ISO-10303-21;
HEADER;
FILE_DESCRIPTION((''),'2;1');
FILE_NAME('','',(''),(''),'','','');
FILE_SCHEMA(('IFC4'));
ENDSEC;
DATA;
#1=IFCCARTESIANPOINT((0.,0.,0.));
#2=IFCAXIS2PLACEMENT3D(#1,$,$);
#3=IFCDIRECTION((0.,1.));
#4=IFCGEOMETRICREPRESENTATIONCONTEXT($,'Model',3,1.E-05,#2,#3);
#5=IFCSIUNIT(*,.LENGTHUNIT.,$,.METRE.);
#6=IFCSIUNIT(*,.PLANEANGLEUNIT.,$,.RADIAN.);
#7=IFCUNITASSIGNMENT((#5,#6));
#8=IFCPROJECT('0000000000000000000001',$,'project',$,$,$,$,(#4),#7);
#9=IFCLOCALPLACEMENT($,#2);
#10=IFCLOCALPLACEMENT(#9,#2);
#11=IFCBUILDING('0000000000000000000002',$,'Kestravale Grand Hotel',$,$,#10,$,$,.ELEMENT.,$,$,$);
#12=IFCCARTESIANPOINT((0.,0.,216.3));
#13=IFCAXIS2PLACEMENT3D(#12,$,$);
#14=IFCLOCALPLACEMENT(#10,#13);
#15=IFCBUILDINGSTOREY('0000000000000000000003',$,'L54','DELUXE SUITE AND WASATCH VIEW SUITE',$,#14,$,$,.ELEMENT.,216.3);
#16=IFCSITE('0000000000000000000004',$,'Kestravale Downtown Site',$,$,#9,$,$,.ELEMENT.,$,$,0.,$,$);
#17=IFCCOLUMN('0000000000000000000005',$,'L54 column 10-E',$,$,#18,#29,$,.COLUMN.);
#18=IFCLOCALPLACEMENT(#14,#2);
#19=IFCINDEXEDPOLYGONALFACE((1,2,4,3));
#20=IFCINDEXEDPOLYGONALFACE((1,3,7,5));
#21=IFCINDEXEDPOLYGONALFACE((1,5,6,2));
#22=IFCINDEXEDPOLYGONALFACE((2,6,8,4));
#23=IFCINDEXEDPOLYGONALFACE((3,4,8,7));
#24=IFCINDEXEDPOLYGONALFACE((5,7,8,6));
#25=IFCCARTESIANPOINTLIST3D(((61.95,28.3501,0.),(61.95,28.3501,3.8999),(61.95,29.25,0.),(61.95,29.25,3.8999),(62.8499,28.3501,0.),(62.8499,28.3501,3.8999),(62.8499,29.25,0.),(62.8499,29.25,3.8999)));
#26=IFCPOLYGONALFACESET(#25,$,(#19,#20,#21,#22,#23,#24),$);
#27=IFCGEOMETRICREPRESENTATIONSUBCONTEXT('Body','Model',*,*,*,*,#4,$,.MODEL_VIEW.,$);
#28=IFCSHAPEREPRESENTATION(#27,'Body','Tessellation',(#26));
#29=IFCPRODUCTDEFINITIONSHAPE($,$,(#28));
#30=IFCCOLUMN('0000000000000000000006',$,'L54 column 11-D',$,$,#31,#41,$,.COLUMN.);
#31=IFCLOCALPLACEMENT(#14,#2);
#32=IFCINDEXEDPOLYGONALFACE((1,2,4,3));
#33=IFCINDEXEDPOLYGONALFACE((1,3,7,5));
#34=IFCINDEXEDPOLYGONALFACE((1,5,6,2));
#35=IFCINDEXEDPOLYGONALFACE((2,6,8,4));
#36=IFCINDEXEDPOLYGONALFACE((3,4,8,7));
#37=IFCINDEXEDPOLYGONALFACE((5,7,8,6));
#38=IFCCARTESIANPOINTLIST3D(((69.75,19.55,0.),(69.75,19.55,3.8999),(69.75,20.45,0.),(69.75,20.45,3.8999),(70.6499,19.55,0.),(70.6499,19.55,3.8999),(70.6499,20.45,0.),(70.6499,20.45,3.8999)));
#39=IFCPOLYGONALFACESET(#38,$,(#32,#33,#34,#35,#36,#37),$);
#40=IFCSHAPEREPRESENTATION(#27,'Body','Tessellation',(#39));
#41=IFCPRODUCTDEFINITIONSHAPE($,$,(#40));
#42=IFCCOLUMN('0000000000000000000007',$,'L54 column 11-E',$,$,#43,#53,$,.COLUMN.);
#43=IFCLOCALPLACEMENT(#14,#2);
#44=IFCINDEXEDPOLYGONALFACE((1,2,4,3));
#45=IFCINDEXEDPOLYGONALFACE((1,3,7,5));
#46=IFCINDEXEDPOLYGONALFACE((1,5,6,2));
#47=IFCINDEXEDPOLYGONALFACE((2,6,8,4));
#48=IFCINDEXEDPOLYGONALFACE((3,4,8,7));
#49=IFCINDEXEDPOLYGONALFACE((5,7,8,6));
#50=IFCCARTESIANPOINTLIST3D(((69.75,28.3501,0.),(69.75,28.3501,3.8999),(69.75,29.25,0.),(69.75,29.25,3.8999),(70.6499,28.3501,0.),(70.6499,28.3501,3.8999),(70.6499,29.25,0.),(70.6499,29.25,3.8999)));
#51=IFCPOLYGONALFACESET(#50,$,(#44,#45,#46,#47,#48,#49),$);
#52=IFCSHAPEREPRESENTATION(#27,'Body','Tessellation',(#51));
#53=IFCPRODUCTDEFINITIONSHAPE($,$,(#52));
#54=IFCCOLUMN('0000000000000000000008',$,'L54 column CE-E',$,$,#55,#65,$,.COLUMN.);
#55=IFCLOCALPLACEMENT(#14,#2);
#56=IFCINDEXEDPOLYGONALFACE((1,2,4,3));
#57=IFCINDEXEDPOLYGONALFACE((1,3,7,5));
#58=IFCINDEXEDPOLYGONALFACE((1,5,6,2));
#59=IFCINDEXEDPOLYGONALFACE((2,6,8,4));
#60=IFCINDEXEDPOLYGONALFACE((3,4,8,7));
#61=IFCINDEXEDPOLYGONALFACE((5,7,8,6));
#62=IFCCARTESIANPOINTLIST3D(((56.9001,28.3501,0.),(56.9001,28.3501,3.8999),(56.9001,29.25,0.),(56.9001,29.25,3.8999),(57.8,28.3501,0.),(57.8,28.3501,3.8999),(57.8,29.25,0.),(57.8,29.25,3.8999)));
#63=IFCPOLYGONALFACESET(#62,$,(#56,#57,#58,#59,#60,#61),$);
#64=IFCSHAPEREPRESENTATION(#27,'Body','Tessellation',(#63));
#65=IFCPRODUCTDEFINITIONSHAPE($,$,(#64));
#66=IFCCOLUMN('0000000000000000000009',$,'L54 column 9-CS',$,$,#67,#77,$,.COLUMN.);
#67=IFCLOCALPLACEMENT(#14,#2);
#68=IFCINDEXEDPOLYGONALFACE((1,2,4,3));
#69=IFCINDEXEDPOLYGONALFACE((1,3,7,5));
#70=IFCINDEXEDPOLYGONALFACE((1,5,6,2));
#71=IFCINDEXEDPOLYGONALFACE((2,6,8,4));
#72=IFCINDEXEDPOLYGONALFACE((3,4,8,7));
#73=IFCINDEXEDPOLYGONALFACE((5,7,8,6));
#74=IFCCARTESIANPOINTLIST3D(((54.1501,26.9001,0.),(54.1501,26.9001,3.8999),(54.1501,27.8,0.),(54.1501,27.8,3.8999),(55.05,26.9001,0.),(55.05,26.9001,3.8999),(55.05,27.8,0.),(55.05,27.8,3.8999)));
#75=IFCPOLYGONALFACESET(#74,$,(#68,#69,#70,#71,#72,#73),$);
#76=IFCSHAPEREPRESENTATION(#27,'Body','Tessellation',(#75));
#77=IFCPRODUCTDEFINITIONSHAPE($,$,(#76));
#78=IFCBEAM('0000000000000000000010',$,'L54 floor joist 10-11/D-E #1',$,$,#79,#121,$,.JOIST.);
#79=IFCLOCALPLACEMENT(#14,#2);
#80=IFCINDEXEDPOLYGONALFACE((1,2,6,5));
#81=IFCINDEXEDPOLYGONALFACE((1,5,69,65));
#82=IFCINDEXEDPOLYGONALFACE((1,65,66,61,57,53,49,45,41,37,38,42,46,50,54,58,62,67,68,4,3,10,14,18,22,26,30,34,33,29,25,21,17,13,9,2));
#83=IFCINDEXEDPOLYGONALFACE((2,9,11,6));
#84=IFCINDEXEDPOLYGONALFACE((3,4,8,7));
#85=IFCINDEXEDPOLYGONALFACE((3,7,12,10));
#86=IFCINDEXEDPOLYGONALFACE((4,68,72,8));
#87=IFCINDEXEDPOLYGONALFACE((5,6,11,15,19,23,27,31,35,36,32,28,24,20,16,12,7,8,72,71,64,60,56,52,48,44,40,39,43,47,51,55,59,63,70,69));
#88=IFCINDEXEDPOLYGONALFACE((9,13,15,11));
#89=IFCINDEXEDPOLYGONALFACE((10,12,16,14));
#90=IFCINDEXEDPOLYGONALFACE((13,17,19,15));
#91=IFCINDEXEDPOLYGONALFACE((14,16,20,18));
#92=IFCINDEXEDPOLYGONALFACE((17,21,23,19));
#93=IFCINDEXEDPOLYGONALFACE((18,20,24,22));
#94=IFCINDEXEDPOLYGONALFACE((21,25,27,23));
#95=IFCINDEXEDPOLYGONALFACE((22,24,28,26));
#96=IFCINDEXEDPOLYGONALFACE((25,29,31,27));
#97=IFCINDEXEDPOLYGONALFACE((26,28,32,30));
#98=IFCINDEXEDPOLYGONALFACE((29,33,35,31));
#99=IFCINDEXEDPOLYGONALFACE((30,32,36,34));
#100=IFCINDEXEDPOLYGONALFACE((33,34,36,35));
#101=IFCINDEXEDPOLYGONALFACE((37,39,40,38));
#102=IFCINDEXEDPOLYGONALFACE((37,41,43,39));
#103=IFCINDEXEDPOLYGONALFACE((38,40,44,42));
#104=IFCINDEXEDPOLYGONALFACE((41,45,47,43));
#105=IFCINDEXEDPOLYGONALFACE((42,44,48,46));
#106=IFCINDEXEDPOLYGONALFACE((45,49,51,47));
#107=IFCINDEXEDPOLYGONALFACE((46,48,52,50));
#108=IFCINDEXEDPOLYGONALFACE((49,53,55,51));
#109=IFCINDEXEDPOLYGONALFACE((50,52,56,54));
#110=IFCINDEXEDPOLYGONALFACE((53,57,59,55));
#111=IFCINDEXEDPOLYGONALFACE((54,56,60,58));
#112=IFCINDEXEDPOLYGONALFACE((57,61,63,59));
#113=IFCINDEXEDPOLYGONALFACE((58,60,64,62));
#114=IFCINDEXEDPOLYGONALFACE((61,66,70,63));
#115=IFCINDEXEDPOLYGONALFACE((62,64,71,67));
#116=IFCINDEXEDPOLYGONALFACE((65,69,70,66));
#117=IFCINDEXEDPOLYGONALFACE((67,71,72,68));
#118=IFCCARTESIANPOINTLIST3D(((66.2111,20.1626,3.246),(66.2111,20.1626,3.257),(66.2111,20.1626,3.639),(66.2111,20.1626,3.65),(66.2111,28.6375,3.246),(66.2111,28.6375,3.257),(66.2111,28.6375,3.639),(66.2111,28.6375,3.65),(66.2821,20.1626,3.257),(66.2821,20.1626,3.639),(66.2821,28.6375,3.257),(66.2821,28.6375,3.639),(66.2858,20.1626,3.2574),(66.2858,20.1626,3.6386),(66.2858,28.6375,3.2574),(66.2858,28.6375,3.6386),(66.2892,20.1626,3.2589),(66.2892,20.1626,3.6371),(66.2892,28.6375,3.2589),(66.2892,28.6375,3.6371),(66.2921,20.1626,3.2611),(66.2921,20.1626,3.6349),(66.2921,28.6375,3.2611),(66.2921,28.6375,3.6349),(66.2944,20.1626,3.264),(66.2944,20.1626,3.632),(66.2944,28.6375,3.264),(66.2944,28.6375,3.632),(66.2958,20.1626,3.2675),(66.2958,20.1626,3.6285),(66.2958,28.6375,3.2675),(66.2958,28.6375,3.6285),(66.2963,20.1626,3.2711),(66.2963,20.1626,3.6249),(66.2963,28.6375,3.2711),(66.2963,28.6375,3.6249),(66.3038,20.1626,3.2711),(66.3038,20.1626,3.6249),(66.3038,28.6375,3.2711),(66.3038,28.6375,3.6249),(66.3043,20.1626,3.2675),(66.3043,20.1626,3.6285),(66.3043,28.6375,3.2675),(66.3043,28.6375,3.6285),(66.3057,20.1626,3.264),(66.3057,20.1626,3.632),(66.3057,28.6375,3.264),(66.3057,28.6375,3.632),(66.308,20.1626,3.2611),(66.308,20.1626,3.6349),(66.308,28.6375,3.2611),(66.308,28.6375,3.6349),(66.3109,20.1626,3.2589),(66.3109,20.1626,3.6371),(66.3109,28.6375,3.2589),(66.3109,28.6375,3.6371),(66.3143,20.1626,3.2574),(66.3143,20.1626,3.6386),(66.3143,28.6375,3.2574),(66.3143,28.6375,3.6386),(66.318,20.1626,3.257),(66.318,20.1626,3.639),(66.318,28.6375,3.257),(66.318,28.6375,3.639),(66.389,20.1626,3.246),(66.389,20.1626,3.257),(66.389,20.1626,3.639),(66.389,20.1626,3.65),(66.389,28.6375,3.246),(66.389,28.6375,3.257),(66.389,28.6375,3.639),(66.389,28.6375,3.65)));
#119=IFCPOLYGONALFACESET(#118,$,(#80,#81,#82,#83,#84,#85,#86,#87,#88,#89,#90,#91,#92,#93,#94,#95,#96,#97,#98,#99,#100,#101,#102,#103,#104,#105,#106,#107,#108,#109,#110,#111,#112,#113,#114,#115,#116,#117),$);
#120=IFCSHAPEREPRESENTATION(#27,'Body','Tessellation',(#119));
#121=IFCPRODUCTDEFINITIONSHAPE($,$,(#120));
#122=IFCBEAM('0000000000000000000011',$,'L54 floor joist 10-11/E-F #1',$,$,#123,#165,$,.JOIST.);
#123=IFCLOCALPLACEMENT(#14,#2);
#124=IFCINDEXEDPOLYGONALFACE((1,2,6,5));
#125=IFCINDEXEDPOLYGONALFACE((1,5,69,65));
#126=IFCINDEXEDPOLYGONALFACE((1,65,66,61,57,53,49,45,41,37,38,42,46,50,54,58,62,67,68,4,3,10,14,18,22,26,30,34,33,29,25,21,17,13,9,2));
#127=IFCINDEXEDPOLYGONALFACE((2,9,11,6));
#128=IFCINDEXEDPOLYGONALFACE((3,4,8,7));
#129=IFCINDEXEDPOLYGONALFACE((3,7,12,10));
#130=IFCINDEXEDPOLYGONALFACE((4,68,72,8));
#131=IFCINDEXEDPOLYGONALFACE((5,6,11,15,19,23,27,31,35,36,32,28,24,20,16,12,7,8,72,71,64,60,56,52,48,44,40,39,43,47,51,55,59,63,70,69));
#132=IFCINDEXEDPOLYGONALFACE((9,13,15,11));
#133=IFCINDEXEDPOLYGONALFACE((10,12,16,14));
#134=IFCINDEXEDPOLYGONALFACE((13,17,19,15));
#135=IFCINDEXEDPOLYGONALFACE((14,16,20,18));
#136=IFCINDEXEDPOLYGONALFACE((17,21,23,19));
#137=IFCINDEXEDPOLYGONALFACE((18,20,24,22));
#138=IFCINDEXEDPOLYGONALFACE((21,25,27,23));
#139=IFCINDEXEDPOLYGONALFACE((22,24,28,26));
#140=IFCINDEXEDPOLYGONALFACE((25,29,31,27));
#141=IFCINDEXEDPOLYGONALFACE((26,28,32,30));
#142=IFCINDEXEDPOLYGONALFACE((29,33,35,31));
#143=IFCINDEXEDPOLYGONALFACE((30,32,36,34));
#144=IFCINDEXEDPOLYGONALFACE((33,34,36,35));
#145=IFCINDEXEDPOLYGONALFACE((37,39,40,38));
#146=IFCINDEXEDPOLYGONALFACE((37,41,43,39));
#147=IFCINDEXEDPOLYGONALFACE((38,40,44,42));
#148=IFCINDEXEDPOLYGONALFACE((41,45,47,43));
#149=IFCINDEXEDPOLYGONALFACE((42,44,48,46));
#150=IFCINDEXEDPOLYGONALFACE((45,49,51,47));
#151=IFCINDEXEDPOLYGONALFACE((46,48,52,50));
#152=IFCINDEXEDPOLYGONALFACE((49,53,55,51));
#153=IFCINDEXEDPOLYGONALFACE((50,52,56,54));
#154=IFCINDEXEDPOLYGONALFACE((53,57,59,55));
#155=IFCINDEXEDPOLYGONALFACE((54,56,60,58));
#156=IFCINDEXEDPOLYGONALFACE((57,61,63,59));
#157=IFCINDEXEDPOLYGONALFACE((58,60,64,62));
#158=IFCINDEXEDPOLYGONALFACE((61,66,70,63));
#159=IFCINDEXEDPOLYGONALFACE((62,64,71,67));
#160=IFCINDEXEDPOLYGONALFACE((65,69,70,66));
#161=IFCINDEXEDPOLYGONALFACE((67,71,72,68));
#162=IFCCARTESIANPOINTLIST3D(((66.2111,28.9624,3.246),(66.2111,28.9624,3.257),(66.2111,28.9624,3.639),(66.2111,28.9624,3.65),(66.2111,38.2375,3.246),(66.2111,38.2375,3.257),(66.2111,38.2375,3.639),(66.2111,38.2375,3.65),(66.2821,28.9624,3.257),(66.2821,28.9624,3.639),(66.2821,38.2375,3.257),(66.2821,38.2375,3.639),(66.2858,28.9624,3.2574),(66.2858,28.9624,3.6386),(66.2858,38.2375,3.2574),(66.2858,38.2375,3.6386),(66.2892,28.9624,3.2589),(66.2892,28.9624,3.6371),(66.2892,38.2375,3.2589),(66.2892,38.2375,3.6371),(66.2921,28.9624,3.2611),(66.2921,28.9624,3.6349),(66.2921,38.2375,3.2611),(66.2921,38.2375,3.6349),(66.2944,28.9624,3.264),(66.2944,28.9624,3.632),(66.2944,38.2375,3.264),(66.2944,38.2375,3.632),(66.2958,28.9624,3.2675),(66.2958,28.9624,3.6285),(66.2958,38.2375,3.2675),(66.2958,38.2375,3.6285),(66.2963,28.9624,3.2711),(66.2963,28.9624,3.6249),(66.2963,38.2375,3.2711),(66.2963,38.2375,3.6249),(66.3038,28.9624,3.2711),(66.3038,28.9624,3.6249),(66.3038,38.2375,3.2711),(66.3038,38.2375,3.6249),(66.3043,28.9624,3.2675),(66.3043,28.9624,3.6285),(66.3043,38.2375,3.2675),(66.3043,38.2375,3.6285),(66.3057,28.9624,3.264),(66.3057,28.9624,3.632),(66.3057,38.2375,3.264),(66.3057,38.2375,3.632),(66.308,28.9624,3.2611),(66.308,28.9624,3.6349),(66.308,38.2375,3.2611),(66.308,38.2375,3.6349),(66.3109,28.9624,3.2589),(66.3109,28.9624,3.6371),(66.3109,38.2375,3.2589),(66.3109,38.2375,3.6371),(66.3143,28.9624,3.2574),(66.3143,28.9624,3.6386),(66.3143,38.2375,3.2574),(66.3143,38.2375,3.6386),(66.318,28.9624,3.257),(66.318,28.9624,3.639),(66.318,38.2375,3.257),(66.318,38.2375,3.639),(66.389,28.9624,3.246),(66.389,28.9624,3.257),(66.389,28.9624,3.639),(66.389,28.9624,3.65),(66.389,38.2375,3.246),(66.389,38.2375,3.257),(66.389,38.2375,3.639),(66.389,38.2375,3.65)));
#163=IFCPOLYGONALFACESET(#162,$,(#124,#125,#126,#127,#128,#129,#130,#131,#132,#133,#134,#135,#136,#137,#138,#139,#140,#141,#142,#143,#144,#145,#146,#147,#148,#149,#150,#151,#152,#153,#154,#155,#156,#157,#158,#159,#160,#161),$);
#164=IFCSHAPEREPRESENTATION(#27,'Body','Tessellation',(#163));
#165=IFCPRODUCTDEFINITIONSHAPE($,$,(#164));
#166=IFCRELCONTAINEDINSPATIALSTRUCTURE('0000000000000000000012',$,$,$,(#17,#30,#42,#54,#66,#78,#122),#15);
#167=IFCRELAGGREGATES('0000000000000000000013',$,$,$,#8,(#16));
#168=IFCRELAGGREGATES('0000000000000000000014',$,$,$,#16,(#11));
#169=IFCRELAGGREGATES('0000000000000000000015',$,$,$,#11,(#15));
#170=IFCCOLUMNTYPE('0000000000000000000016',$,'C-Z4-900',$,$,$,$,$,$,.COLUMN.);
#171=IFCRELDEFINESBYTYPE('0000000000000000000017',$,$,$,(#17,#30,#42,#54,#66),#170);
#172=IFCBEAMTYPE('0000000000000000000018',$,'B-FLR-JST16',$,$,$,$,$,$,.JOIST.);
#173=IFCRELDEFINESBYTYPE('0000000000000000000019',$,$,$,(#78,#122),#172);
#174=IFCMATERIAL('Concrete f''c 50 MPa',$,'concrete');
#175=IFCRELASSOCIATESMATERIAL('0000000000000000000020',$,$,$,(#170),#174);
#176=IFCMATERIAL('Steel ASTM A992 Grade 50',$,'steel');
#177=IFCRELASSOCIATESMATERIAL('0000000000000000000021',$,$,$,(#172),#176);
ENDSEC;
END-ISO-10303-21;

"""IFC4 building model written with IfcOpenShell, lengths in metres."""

from ifc_helpers import new_model, si_unit, direction, frame, origin, origin_2d, place, context, subcontext, project, spatial, rectangle, i_section, extrude, material, material_profile, profile_set, type_object, element, save


model = new_model("IFC4")

# Units and contexts
model_context = context("Model", 3, precision=1e-05, world=origin(), true_north=direction((0.0, 1.0)))
body_context = subcontext(model_context, "Body", "Model", "MODEL_VIEW")
ifc_project = project(units=[si_unit("LENGTHUNIT", "METRE"), si_unit("PLANEANGLEUNIT", "RADIAN")], contexts=[model_context])

# Site, building, storey
site_placement = place(None, origin())
site = spatial("IfcSite", under=ifc_project, at=site_placement, Name="Kestravale Downtown Site", CompositionType="ELEMENT", RefElevation=0.0)
building_placement = place(site_placement, origin())
building = spatial("IfcBuilding", under=site, at=building_placement, Name="Kestravale Grand Hotel", CompositionType="ELEMENT")
storey_placement = place(building_placement, frame((0.0, 0.0, 216.3)))
storey = spatial("IfcBuildingStorey", under=building, at=storey_placement, Name="L54", Description="DELUXE SUITE AND WASATCH VIEW SUITE", CompositionType="ELEMENT", Elevation=216.3)

# Columns
ifc_material_1 = material(Name="Concrete f'c 50 MPa", Category="concrete")
ifc_material_profile_1 = material_profile(ifc_material_1, rectangle(XDim=0.8999, YDim=0.8999, at=origin_2d()))
ifc_profile_set_1 = profile_set([ifc_material_profile_1], Name="Concrete f'c 50 MPa")
column_type = type_object("IfcColumnType", Name="C-Z4-900", PredefinedType="COLUMN", material=ifc_profile_set_1)
for number, where, z_axis, x_axis, name in (
    (1, (62.3999, 28.8, 0.0), (0.0, 0.0, 1.0), (1.0, 0.0, 0.0), "L54 column 10-E"),
    (2, (70.2, 20.0, 0.0), (0.0, 0.0, 1.0), (1.0, 0.0, 0.0), "L54 column 11-D"),
    (3, (70.2, 28.8, 0.0), (0.0, 0.0, 1.0), (1.0, 0.0, 0.0), "L54 column 11-E"),
    (4, (57.3501, 28.8, 0.0), (0.0, 0.0, 1.0), (1.0, 0.0, 0.0), "L54 column CE-E"),
    (5, (54.6001, 27.3501, 0.0), (0.0, 0.0, 1.0), (1.0, 0.0, 0.0), "L54 column 9-CS"),
):
    element("IfcColumn", number, at=place(storey_placement, frame(where, z_axis=z_axis, x_axis=x_axis)), inside=storey, type_object=column_type, Name=name, PredefinedType="COLUMN", context=body_context, shape_type="SweptSolid", body=[
        extrude(rectangle(XDim=0.8999, YDim=0.8999, at=origin_2d()), origin(), (0.0, 0.0, 1.0), 3.8999),
    ])

# Beams
ifc_material_2 = material(Name="Steel ASTM A992 Grade 50", Category="steel")
ifc_material_profile_2 = material_profile(ifc_material_2, i_section(OverallWidth=0.178, OverallDepth=0.4041, WebThickness=0.0076, FlangeThickness=0.011, FilletRadius=0.0142, at=origin_2d()))
ifc_profile_set_2 = profile_set([ifc_material_profile_2], Name="Steel ASTM A992 Grade 50")
beam_type_1 = type_object("IfcBeamType", Name="B-FLR-JST16", PredefinedType="JOIST", material=ifc_profile_set_2)
beam_1_placement = place(storey_placement, frame((66.3, 20.1626, 3.448), z_axis=(0.0, 1.0, 0.0), x_axis=(-1.0, 0.0, 0.0)))
element("IfcBeam", 6, at=beam_1_placement, inside=storey, type_object=beam_type_1, Name="L54 floor joist 10-11/D-E #1", PredefinedType="JOIST", context=body_context, shape_type="SweptSolid", body=[
    extrude(i_section(OverallWidth=0.178, OverallDepth=0.4041, WebThickness=0.0076, FlangeThickness=0.011, FilletRadius=0.0142, at=origin_2d()), origin(), (0.0, 0.0, 1.0), 8.4749),
])
beam_2_placement = place(storey_placement, frame((66.3, 28.9624, 3.448), z_axis=(0.0, 1.0, 0.0), x_axis=(-1.0, 0.0, 0.0)))
element("IfcBeam", 7, at=beam_2_placement, inside=storey, type_object=beam_type_1, Name="L54 floor joist 10-11/E-F #1", PredefinedType="JOIST", context=body_context, shape_type="SweptSolid", body=[
    extrude(i_section(OverallWidth=0.178, OverallDepth=0.4041, WebThickness=0.0076, FlangeThickness=0.011, FilletRadius=0.0142, at=origin_2d()), origin(), (0.0, 0.0, 1.0), 9.2751),
])

save(model, "model.ifc")
